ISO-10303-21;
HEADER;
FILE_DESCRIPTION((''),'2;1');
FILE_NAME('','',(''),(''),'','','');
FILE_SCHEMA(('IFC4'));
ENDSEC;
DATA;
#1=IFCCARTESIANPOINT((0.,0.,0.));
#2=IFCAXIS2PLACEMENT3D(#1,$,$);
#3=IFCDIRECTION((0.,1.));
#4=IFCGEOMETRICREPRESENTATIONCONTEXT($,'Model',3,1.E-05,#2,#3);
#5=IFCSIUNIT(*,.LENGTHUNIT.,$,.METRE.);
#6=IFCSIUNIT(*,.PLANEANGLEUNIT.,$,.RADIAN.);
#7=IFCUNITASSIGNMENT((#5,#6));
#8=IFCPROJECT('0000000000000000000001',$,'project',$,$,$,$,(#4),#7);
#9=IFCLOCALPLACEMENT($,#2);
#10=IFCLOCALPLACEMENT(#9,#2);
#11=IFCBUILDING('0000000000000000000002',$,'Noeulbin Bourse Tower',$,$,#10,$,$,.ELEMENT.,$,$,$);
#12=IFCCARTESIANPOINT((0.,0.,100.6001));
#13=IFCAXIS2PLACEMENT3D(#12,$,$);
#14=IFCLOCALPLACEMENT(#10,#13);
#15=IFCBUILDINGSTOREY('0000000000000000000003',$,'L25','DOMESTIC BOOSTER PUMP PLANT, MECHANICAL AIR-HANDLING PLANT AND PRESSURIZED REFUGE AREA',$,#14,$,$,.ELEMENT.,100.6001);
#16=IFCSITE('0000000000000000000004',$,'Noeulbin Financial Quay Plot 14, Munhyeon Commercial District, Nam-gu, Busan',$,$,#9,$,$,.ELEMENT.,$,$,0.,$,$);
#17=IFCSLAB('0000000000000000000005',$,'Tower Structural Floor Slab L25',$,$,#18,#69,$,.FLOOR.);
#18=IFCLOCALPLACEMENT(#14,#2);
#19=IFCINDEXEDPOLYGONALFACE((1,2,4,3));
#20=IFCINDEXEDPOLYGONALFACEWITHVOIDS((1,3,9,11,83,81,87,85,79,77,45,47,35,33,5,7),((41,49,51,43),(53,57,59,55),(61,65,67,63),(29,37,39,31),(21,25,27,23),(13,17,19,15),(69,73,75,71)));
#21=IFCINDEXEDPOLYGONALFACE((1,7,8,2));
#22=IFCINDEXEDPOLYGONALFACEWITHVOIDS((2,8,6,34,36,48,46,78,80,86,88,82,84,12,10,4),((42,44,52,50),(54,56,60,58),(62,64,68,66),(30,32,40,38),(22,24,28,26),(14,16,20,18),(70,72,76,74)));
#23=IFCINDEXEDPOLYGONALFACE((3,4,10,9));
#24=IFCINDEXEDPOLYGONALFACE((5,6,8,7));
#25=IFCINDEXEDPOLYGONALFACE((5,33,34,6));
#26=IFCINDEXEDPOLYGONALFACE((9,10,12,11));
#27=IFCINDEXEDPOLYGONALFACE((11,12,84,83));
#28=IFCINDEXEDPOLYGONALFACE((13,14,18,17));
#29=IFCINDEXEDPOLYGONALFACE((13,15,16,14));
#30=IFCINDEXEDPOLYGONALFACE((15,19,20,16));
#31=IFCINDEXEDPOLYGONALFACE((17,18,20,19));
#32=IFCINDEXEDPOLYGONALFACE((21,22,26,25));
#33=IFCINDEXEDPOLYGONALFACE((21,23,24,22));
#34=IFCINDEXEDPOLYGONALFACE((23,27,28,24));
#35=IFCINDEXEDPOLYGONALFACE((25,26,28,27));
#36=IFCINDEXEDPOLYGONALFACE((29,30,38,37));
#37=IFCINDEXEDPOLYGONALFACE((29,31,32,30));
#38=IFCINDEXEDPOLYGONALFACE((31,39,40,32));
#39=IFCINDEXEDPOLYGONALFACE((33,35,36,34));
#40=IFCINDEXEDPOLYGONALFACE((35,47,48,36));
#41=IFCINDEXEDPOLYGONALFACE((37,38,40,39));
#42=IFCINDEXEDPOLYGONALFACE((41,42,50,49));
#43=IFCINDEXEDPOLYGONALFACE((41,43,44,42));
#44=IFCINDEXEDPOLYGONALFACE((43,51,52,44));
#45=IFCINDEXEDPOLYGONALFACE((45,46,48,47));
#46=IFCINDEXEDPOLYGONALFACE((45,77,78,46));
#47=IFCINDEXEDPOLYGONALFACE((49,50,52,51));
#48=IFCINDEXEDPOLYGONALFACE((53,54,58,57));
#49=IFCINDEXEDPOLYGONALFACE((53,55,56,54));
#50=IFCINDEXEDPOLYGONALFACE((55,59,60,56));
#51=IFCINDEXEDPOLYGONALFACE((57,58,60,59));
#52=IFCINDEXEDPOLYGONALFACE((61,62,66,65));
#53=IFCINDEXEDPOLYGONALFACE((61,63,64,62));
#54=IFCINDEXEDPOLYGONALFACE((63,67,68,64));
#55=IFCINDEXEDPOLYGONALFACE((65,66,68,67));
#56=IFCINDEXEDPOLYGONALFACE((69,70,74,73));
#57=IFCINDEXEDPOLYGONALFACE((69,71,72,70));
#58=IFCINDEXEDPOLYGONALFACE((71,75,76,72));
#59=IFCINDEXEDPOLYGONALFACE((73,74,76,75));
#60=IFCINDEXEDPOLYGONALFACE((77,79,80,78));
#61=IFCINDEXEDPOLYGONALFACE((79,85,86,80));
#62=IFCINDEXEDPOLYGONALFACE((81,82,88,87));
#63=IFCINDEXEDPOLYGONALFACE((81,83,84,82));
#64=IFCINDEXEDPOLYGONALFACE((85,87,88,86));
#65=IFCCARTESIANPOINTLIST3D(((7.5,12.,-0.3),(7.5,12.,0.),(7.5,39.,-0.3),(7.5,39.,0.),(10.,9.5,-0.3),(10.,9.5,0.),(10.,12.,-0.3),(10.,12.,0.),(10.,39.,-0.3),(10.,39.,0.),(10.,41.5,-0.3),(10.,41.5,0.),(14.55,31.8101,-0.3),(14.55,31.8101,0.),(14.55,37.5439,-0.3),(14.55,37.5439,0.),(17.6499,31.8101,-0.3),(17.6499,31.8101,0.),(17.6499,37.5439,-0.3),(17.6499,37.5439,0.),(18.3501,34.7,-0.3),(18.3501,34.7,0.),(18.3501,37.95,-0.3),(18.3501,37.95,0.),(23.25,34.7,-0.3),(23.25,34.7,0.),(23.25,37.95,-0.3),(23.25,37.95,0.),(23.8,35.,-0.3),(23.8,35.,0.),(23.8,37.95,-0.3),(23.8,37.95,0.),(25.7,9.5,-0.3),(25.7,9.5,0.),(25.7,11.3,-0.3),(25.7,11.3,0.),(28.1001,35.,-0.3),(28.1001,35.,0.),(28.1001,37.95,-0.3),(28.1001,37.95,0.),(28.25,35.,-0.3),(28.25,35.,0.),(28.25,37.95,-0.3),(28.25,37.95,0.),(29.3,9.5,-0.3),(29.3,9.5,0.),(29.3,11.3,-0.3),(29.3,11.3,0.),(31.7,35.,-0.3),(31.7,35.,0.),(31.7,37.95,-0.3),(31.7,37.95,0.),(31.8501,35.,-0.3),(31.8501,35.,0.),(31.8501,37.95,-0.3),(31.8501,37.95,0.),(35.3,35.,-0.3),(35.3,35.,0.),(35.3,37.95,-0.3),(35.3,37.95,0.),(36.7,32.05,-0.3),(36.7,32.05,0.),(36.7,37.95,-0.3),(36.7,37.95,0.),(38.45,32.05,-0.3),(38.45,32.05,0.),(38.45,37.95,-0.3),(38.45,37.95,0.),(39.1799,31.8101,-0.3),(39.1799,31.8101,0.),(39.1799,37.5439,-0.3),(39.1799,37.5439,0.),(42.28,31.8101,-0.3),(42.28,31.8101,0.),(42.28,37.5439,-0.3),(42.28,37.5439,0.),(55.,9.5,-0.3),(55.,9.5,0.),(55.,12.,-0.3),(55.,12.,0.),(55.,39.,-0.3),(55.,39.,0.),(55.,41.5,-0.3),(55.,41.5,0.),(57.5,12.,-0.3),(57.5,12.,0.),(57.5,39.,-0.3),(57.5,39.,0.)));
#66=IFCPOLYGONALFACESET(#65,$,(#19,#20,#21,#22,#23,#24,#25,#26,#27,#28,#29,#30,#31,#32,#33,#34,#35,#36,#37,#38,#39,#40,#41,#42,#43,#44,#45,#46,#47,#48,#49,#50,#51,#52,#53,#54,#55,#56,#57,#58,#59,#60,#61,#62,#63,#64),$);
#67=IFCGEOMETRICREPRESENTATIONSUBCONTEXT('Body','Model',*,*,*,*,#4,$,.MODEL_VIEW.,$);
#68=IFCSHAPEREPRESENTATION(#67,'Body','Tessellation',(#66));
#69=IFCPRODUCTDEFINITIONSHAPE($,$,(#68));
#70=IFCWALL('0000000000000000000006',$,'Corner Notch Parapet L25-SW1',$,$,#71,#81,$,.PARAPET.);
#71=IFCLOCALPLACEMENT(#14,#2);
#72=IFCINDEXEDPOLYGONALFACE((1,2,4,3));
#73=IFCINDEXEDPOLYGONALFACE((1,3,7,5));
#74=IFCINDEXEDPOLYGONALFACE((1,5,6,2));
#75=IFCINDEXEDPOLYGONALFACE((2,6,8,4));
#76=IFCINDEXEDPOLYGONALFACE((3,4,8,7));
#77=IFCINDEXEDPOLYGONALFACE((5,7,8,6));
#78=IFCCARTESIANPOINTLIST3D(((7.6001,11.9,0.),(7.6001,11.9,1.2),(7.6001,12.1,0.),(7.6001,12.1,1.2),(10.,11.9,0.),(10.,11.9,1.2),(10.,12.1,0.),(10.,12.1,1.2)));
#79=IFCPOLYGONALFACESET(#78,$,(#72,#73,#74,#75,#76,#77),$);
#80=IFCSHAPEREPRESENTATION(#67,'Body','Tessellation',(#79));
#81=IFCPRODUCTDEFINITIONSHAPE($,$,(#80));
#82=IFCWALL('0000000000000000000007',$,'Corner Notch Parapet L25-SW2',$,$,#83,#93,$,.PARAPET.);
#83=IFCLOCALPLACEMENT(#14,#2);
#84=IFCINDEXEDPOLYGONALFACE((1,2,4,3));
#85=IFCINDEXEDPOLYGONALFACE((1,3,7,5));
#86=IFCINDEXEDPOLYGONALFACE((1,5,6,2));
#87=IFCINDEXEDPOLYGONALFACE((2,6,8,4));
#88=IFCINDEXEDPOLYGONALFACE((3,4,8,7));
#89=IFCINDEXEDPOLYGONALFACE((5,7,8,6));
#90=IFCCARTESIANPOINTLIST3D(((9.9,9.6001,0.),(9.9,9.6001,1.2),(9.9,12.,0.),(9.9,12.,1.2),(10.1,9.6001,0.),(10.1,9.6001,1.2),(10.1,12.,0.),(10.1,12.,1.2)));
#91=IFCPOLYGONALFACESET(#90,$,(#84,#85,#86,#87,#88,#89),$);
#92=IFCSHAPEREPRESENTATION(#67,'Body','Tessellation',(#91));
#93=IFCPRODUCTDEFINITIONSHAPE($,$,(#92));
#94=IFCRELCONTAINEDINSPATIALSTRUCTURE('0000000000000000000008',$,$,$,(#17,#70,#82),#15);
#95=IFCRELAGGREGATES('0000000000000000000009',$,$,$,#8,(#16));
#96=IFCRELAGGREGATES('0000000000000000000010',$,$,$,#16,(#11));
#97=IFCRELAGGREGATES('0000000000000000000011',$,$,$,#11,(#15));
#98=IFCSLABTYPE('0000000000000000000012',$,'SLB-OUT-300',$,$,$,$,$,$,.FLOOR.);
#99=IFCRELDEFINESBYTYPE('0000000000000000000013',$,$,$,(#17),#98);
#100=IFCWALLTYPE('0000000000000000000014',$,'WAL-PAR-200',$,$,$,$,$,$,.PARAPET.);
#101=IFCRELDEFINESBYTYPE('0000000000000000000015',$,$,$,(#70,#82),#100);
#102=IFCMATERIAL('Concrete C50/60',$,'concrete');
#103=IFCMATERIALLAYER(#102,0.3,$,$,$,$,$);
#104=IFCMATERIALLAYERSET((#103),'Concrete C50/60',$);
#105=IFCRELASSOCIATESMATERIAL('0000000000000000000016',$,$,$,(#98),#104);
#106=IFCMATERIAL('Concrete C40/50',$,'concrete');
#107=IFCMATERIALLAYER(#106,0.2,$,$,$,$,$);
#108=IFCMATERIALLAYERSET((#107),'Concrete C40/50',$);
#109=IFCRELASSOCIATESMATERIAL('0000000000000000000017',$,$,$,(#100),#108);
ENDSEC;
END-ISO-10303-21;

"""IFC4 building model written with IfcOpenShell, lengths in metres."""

from ifc_helpers import new_model, si_unit, direction, frame, frame_2d, origin, place, context, subcontext, project, spatial, polyline, rectangle, outline, extrude, material, layer, layer_set, type_object, element, save


model = new_model("IFC4")

# Units and contexts
model_context = context("Model", 3, precision=1e-05, world=origin(), true_north=direction((0.0, 1.0)))
body_context = subcontext(model_context, "Body", "Model", "MODEL_VIEW")
ifc_project = project(units=[si_unit("LENGTHUNIT", "METRE"), si_unit("PLANEANGLEUNIT", "RADIAN")], contexts=[model_context])

# Site, building, storey
site_placement = place(None, origin())
site = spatial("IfcSite", under=ifc_project, at=site_placement, Name="Noeulbin Financial Quay Plot 14, Munhyeon Commercial District, Nam-gu, Busan", CompositionType="ELEMENT", RefElevation=0.0)
building_placement = place(site_placement, origin())
building = spatial("IfcBuilding", under=site, at=building_placement, Name="Noeulbin Bourse Tower", CompositionType="ELEMENT")
storey_placement = place(building_placement, frame((0.0, 0.0, 100.6001)))
storey = spatial("IfcBuildingStorey", under=building, at=storey_placement, Name="L25", Description="DOMESTIC BOOSTER PUMP PLANT, MECHANICAL AIR-HANDLING PLANT AND PRESSURIZED REFUGE AREA", CompositionType="ELEMENT", Elevation=100.6001)

# Shared definitions
ifc_material_1 = material(Name="Concrete C40/50", Category="concrete")

# Slab, openings
ifc_material_2 = material(Name="Concrete C50/60", Category="concrete")
ifc_layer_1 = layer(ifc_material_2, 0.3)
ifc_layer_set_1 = layer_set([ifc_layer_1], Name="Concrete C50/60")
slab_type_1 = type_object("IfcSlabType", Name="SLB-OUT-300", PredefinedType="FLOOR", material=ifc_layer_set_1)
slab_1_placement = place(storey_placement, frame((0.0, 0.0, -0.3)))
slab_1 = element("IfcSlab", 1, at=slab_1_placement, inside=storey, type_object=slab_type_1, Name="Tower Structural Floor Slab L25", PredefinedType="FLOOR", context=body_context, shape_type="SweptSolid", body=[
    extrude(outline(polyline([(10.0, 9.5), (25.7, 9.5), (25.7, 11.3), (29.3, 11.3), (29.3, 9.5), (55.0, 9.5), (55.0, 12.0), (57.5, 12.0), (57.5, 39.0), (55.0, 39.0), (55.0, 41.5), (10.0, 41.5), (10.0, 39.0), (7.5, 39.0), (7.5, 12.0), (10.0, 12.0), (10.0, 9.5)]), holes=[polyline([(17.6499, 31.8101), (17.6499, 37.5439), (14.55, 37.5439), (14.55, 31.8101), (17.6499, 31.8101)]), polyline([(42.28, 31.8101), (42.28, 37.5439), (39.1799, 37.5439), (39.1799, 31.8101), (42.28, 31.8101)]), polyline([(18.3501, 34.7), (23.25, 34.7), (23.25, 37.95), (18.3501, 37.95), (18.3501, 34.7)]), polyline([(36.7, 32.05), (38.45, 32.05), (38.45, 37.95), (36.7, 37.95), (36.7, 32.05)]), polyline([(23.8, 35.0), (28.1001, 35.0), (28.1001, 37.95), (23.8, 37.95), (23.8, 35.0)]), polyline([(28.25, 35.0), (31.7, 35.0), (31.7, 37.95), (28.25, 37.95), (28.25, 35.0)]), polyline([(31.8501, 35.0), (35.3, 35.0), (35.3, 37.95), (31.8501, 37.95), (31.8501, 35.0)])]), origin(), (0.0, 0.0, 1.0), 0.3),
])
opening_1_placement = place(slab_1_placement, frame((0.0, 0.0, -0.01)))
element("IfcOpeningElement", 2, at=opening_1_placement, cuts=slab_1, PredefinedType="OPENING", context=body_context, shape_type="SweptSolid", body=[
    extrude(outline(polyline([(17.6499, 31.8101), (17.6499, 37.5439), (14.55, 37.5439), (14.55, 31.8101), (17.6499, 31.8101)])), origin(), (0.0, 0.0, 1.0), 0.3201),
])
opening_2_placement = place(slab_1_placement, frame((0.0, 0.0, -0.01)))
element("IfcOpeningElement", 3, at=opening_2_placement, cuts=slab_1, PredefinedType="OPENING", context=body_context, shape_type="SweptSolid", body=[
    extrude(outline(polyline([(42.28, 31.8101), (42.28, 37.5439), (39.1799, 37.5439), (39.1799, 31.8101), (42.28, 31.8101)])), origin(), (0.0, 0.0, 1.0), 0.3201),
])
opening_3_placement = place(slab_1_placement, frame((0.0, 0.0, -0.01)))
element("IfcOpeningElement", 4, at=opening_3_placement, cuts=slab_1, PredefinedType="OPENING", context=body_context, shape_type="SweptSolid", body=[
    extrude(outline(polyline([(18.3501, 34.7), (23.25, 34.7), (23.25, 37.95), (18.3501, 37.95), (18.3501, 34.7)])), origin(), (0.0, 0.0, 1.0), 0.3201),
])
opening_4_placement = place(slab_1_placement, frame((0.0, 0.0, -0.01)))
element("IfcOpeningElement", 5, at=opening_4_placement, cuts=slab_1, PredefinedType="OPENING", context=body_context, shape_type="SweptSolid", body=[
    extrude(outline(polyline([(36.7, 32.05), (38.45, 32.05), (38.45, 37.95), (36.7, 37.95), (36.7, 32.05)])), origin(), (0.0, 0.0, 1.0), 0.3201),
])
opening_5_placement = place(slab_1_placement, frame((0.0, 0.0, -0.01)))
element("IfcOpeningElement", 6, at=opening_5_placement, cuts=slab_1, PredefinedType="OPENING", context=body_context, shape_type="SweptSolid", body=[
    extrude(outline(polyline([(23.8, 35.0), (28.1001, 35.0), (28.1001, 37.95), (23.8, 37.95), (23.8, 35.0)])), origin(), (0.0, 0.0, 1.0), 0.3201),
])
opening_6_placement = place(slab_1_placement, frame((0.0, 0.0, -0.01)))
element("IfcOpeningElement", 7, at=opening_6_placement, cuts=slab_1, PredefinedType="OPENING", context=body_context, shape_type="SweptSolid", body=[
    extrude(outline(polyline([(28.25, 35.0), (31.7, 35.0), (31.7, 37.95), (28.25, 37.95), (28.25, 35.0)])), origin(), (0.0, 0.0, 1.0), 0.3201),
])
opening_7_placement = place(slab_1_placement, frame((0.0, 0.0, -0.01)))
element("IfcOpeningElement", 8, at=opening_7_placement, cuts=slab_1, PredefinedType="OPENING", context=body_context, shape_type="SweptSolid", body=[
    extrude(outline(polyline([(31.8501, 35.0), (35.3, 35.0), (35.3, 37.95), (31.8501, 37.95), (31.8501, 35.0)])), origin(), (0.0, 0.0, 1.0), 0.3201),
])

# Walls
ifc_layer_2 = layer(ifc_material_1, 0.2)
ifc_layer_set_2 = layer_set([ifc_layer_2], Name="Concrete C40/50")
wall_type = type_object("IfcWallType", Name="WAL-PAR-200", PredefinedType="PARAPET", material=ifc_layer_set_2)
for number, where, z_axis, x_axis, name in (
    (9, (7.6001, 12.0, 0.0), (0.0, 0.0, 1.0), (1.0, 0.0, 0.0), "Corner Notch Parapet L25-SW1"),
    (10, (10.0, 12.0, 0.0), (0.0, 0.0, 1.0), (0.0, -1.0, 0.0), "Corner Notch Parapet L25-SW2"),
):
    element("IfcWall", number, at=place(storey_placement, frame(where, z_axis=z_axis, x_axis=x_axis)), inside=storey, type_object=wall_type, Name=name, PredefinedType="PARAPET", context=body_context, shape_type="SweptSolid", body=[
        extrude(rectangle(XDim=2.3999, YDim=0.2, at=frame_2d((1.2, 0.0))), origin(), (0.0, 0.0, 1.0), 1.2),
    ])

save(model, "model.ifc")
